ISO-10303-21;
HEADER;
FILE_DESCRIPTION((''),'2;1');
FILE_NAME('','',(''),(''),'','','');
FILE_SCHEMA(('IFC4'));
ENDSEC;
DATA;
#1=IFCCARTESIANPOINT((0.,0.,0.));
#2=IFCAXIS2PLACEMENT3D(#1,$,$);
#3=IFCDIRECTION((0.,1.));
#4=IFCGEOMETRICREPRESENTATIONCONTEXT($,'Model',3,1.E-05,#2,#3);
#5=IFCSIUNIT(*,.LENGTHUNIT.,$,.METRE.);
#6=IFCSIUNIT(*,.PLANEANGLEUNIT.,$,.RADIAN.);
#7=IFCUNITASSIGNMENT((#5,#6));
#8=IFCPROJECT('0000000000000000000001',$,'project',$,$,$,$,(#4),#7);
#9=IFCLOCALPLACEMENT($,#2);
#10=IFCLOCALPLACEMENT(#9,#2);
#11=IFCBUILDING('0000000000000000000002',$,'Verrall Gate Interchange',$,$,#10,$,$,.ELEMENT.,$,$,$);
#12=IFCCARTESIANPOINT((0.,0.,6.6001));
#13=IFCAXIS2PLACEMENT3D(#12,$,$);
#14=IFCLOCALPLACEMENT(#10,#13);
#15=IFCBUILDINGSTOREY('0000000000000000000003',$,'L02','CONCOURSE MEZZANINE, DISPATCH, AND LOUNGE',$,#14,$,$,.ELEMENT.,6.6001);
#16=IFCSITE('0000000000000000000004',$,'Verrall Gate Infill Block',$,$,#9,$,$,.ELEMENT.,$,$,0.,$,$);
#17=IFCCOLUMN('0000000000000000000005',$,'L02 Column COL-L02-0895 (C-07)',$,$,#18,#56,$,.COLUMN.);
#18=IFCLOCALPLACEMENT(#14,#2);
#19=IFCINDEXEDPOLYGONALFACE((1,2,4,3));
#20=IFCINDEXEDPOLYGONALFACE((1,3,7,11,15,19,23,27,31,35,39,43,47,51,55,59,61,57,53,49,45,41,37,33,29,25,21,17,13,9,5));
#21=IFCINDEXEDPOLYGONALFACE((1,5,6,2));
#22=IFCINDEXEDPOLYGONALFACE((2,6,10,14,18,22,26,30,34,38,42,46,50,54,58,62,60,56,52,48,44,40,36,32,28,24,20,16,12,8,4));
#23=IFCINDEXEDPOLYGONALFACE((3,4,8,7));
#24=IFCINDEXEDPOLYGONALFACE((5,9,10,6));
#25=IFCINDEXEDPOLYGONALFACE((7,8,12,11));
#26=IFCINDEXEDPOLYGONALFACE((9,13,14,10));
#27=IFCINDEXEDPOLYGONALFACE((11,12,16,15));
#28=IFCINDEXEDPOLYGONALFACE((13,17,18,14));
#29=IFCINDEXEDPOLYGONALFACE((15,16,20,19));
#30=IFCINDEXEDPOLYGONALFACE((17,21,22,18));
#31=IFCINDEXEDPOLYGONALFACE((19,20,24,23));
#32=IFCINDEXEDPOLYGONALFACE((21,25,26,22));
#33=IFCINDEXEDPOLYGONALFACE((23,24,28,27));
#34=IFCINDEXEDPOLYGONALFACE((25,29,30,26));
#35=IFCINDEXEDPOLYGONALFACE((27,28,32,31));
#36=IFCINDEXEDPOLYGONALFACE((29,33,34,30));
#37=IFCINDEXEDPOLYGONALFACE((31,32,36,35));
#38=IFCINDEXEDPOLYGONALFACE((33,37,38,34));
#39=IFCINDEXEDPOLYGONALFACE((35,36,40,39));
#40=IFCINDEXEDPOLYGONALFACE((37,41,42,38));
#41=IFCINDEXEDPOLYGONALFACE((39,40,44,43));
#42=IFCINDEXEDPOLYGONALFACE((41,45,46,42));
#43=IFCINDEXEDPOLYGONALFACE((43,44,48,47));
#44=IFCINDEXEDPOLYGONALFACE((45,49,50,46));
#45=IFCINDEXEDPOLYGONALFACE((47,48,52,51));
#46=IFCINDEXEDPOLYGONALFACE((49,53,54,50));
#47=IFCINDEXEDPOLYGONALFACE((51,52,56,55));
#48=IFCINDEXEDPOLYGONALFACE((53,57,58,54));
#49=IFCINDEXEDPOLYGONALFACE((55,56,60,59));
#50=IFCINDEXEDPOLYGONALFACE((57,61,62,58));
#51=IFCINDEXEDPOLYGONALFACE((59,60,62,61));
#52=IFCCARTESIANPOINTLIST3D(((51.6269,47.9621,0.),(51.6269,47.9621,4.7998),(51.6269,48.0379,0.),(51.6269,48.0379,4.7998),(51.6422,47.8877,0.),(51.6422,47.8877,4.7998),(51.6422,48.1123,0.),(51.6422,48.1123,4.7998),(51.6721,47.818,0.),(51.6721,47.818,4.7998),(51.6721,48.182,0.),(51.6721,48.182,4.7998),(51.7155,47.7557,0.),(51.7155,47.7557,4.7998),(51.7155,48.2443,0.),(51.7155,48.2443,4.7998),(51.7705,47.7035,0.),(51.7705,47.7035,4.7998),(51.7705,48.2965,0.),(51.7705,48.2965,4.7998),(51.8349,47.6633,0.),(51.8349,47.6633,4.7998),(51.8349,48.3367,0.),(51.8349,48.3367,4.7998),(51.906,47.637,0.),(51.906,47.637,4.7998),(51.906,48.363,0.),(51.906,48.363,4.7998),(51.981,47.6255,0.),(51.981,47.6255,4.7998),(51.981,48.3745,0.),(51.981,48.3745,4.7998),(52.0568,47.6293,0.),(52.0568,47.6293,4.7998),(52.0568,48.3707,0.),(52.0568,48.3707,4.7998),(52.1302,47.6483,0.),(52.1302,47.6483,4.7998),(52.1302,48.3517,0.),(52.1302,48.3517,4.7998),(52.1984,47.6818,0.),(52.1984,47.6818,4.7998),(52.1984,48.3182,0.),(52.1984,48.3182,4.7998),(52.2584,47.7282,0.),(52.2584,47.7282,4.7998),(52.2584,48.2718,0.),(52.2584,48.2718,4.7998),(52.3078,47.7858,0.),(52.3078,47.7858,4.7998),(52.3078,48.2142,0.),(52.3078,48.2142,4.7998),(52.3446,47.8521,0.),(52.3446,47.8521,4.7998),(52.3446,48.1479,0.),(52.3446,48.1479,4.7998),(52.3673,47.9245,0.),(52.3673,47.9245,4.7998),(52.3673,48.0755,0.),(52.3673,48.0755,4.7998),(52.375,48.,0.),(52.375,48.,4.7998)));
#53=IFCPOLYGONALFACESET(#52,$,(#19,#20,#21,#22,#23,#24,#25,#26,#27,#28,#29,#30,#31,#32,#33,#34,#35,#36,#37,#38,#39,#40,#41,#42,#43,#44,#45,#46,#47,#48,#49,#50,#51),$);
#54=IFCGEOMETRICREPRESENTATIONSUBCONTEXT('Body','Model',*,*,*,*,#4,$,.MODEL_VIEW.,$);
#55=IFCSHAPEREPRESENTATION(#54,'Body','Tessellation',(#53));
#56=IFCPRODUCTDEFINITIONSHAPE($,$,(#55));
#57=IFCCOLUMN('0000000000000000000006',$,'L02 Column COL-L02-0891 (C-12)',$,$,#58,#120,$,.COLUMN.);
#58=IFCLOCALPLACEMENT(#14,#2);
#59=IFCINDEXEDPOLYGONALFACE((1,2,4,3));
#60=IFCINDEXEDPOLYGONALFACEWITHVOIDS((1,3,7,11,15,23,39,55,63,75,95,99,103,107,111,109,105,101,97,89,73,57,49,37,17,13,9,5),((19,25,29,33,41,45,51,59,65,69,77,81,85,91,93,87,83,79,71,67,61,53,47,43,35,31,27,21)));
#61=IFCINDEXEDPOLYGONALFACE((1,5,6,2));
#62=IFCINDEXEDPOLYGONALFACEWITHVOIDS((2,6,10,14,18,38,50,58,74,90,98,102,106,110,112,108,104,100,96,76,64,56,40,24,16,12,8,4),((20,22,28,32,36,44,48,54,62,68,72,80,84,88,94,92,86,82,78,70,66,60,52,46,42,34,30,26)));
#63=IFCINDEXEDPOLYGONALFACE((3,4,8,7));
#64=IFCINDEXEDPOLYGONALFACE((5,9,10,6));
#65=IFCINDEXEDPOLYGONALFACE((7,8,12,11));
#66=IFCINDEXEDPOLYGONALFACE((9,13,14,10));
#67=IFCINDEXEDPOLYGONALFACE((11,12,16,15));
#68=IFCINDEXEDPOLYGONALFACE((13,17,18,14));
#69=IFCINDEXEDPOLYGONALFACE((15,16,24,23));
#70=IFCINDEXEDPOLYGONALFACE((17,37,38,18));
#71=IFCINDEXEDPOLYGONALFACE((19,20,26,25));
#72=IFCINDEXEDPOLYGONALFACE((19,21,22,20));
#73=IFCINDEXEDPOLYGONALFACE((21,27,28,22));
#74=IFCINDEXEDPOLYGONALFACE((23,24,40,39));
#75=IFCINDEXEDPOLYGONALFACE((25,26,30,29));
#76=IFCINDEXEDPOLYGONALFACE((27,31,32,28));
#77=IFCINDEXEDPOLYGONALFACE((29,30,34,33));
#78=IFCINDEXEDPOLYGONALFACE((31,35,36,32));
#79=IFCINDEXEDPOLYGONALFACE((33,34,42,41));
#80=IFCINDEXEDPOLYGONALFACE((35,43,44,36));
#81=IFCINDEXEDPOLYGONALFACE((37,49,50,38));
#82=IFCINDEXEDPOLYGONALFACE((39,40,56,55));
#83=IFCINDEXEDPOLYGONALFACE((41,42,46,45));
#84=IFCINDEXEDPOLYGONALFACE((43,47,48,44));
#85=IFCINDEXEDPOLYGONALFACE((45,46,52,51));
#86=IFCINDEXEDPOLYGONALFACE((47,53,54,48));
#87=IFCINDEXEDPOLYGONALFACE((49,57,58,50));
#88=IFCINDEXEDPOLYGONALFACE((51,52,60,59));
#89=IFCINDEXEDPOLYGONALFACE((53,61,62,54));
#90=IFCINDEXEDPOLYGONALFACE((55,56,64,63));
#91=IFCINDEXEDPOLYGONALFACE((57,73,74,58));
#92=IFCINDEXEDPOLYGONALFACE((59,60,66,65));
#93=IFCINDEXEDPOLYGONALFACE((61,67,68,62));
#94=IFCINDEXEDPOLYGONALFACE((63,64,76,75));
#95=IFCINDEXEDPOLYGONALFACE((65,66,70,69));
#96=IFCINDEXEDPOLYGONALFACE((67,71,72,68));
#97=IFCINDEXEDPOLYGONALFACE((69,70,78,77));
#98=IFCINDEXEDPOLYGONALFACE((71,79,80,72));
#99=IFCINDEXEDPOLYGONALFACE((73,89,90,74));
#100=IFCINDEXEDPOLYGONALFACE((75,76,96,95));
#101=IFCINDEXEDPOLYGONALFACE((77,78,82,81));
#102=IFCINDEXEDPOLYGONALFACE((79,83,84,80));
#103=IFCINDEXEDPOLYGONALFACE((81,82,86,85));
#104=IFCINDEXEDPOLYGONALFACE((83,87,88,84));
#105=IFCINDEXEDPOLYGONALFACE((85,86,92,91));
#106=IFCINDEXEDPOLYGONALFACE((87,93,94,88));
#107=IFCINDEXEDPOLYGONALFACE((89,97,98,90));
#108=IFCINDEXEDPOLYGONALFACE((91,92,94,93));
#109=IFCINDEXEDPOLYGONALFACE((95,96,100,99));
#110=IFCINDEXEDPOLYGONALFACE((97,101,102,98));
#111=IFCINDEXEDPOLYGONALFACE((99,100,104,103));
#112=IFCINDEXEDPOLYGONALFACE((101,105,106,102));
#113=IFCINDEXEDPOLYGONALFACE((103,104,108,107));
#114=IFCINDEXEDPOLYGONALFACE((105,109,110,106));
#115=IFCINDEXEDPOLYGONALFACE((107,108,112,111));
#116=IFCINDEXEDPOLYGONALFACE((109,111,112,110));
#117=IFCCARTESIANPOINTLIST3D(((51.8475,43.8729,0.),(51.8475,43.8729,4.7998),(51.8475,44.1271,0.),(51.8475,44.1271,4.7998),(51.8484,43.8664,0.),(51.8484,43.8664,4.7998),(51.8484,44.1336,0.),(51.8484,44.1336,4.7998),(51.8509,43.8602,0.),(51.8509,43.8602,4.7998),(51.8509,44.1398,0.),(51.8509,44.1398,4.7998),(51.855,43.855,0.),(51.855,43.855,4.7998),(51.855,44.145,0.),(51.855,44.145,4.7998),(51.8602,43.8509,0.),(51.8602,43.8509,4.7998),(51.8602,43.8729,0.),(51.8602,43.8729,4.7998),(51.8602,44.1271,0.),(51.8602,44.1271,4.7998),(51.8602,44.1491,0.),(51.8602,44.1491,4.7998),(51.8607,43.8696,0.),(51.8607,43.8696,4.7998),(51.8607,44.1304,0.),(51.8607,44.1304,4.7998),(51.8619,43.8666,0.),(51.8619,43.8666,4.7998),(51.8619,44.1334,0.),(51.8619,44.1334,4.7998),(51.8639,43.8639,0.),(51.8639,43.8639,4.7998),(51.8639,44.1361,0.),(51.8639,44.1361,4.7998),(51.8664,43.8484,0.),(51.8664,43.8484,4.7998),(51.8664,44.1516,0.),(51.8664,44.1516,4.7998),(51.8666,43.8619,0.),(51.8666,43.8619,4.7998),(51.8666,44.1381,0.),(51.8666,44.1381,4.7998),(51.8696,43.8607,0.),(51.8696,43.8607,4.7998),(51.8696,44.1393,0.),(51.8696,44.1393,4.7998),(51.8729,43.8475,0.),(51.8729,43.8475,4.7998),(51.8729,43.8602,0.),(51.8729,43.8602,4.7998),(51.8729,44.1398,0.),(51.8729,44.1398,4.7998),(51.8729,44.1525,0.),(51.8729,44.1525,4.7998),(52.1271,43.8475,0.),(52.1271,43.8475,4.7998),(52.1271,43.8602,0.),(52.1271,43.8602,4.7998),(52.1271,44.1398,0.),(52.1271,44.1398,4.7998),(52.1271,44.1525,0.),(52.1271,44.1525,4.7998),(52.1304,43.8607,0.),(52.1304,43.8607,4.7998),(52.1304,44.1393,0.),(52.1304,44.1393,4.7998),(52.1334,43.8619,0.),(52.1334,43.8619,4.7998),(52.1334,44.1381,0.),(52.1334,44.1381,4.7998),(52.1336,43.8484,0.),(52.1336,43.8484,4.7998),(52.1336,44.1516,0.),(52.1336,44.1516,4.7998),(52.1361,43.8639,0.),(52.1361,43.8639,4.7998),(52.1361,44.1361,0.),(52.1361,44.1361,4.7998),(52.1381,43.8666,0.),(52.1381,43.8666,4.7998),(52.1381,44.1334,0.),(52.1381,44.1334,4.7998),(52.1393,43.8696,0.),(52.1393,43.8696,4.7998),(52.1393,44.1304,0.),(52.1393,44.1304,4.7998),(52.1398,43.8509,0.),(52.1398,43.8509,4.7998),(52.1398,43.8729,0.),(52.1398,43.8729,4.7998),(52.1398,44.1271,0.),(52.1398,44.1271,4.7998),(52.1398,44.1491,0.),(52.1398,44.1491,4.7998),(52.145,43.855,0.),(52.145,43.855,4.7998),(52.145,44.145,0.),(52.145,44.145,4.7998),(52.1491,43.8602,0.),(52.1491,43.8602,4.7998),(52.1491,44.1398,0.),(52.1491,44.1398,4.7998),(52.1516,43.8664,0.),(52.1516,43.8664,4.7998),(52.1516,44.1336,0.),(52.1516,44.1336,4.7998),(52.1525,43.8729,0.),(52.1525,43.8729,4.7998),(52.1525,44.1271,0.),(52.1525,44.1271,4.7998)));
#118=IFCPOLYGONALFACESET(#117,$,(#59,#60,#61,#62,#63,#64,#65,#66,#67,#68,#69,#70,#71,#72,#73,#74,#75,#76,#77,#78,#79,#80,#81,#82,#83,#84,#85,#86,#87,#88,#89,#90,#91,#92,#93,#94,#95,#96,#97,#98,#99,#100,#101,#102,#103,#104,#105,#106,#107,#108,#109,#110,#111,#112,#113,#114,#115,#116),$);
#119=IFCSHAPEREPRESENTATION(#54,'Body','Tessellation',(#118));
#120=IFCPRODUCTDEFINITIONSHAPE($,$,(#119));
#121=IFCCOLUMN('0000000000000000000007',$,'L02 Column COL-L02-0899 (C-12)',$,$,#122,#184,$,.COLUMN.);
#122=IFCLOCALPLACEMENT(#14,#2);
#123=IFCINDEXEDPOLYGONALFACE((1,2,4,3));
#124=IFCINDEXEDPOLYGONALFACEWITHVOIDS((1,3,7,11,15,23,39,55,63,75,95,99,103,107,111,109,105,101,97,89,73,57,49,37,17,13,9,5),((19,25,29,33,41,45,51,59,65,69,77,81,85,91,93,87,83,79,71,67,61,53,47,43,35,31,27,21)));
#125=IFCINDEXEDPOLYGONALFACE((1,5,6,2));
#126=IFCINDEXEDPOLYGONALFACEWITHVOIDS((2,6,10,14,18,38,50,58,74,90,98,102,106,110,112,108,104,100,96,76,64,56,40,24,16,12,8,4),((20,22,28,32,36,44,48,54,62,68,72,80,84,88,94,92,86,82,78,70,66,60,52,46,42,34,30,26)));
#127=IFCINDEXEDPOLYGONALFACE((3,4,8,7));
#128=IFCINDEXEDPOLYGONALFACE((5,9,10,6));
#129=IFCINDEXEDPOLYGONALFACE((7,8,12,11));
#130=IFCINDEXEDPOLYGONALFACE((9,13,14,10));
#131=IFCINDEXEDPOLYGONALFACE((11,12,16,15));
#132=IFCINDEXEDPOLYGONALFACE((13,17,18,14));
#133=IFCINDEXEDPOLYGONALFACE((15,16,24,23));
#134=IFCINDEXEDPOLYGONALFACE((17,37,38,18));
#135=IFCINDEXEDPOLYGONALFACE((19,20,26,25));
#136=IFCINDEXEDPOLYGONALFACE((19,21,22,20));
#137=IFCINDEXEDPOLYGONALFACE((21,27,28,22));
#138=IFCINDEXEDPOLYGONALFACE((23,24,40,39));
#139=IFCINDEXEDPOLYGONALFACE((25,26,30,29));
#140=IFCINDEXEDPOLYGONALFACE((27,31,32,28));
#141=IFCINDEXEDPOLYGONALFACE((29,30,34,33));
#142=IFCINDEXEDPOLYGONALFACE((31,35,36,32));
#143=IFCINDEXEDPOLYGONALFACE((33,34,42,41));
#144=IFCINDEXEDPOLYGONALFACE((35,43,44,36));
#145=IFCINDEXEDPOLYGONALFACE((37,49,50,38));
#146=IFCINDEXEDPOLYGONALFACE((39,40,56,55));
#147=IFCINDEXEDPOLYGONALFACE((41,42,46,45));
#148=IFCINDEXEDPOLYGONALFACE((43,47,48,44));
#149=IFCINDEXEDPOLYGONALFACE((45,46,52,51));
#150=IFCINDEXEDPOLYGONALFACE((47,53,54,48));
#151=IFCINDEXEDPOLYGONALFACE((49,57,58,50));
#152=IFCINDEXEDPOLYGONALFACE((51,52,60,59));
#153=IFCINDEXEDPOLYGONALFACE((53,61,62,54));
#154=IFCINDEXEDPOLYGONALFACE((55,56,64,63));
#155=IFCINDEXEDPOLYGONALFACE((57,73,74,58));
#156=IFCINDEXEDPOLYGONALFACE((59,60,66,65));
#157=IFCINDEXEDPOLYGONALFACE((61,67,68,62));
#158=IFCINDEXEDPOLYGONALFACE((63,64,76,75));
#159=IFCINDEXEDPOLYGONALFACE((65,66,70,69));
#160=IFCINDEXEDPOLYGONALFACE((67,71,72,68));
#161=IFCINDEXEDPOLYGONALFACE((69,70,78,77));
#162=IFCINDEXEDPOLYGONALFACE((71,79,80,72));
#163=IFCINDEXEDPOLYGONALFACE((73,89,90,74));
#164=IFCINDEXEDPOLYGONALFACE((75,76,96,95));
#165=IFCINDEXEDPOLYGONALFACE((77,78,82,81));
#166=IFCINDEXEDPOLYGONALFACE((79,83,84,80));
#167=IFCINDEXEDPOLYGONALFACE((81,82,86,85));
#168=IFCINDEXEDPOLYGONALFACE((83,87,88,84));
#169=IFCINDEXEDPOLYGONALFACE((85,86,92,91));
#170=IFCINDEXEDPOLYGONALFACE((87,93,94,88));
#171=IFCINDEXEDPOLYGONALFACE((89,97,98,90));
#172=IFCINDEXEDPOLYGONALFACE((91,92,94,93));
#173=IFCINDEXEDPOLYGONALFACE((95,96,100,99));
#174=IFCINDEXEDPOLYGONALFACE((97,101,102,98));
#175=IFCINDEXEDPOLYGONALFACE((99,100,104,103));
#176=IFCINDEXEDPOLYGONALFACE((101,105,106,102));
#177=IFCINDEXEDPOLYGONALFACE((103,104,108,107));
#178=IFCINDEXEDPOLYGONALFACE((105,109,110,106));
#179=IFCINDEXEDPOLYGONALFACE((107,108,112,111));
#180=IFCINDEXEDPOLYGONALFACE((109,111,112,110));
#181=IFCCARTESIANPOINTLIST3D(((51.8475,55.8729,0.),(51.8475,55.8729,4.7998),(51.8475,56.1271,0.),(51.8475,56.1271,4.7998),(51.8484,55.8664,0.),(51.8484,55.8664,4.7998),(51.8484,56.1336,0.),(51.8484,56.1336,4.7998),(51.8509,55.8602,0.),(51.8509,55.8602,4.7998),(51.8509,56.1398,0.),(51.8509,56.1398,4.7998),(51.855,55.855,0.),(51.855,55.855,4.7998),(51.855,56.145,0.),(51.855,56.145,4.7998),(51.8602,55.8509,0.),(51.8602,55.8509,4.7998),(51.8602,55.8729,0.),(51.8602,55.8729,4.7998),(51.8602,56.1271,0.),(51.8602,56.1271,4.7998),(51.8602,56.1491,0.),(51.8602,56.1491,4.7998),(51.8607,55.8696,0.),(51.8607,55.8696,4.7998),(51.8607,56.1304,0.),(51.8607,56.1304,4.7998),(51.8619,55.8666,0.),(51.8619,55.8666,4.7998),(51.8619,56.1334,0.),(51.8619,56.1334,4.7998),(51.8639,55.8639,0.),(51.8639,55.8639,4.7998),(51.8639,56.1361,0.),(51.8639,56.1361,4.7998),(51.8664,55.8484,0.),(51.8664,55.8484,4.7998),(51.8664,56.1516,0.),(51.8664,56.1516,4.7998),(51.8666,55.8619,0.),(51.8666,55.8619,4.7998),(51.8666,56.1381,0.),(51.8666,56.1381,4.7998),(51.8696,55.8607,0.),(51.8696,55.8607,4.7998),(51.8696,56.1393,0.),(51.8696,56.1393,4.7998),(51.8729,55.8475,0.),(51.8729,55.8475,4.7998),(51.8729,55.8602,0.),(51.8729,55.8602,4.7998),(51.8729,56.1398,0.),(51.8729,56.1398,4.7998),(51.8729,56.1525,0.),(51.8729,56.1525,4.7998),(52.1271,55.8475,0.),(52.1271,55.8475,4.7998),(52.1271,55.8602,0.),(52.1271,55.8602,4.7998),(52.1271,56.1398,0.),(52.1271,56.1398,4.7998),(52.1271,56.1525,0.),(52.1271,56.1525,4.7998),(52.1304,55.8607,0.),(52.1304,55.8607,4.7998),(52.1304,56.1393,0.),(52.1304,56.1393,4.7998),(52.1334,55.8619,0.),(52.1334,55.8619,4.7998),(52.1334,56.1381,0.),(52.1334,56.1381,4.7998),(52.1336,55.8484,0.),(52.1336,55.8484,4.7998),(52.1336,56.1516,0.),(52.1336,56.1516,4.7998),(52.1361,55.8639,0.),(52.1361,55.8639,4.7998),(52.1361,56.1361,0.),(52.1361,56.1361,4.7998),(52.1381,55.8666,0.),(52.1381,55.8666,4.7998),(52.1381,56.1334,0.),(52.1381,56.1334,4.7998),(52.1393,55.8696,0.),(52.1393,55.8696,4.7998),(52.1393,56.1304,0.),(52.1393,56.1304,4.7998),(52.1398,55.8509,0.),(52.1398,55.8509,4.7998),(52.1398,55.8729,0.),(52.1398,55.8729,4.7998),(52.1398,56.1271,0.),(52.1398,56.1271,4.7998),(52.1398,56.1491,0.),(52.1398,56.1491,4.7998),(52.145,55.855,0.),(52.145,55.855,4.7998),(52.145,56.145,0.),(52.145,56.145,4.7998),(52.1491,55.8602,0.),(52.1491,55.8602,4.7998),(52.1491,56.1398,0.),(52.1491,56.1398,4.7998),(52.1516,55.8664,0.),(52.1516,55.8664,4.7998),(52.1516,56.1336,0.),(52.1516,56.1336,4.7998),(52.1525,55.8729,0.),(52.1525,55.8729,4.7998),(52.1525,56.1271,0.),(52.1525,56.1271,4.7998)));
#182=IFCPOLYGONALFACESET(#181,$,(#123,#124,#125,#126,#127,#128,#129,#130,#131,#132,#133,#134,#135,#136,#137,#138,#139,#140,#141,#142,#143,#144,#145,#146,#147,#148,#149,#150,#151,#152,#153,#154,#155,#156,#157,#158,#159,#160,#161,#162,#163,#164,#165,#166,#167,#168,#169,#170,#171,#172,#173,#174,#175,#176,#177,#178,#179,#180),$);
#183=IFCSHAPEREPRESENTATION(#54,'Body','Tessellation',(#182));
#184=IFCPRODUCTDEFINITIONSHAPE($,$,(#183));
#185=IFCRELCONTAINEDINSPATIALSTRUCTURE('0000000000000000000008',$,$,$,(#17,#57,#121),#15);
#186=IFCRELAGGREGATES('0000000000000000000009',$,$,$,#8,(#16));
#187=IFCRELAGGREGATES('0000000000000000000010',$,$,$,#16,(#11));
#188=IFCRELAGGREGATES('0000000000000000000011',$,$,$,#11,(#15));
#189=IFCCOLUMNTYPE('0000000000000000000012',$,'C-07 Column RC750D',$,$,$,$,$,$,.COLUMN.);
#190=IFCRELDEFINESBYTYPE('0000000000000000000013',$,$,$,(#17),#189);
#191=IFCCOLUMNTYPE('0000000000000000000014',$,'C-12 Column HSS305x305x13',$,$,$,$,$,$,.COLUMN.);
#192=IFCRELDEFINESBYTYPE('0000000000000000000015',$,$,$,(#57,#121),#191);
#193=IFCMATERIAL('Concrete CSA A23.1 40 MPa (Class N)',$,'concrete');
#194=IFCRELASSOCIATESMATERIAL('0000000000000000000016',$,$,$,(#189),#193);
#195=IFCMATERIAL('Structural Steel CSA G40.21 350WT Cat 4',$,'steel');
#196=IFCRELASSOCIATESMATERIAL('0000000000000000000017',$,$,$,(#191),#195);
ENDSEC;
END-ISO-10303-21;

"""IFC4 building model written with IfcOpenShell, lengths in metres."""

from ifc_helpers import new_model, si_unit, direction, frame, origin, origin_2d, place, context, subcontext, project, spatial, hollow_rectangle, circle, extrude, material, material_profile, profile_set, type_object, element, save


model = new_model("IFC4")

# Units and contexts
model_context = context("Model", 3, precision=1e-05, world=origin(), true_north=direction((0.0, 1.0)))
body_context = subcontext(model_context, "Body", "Model", "MODEL_VIEW")
ifc_project = project(units=[si_unit("LENGTHUNIT", "METRE"), si_unit("PLANEANGLEUNIT", "RADIAN")], contexts=[model_context])

# Site, building, storey
site_placement = place(None, origin())
site = spatial("IfcSite", under=ifc_project, at=site_placement, Name="Verrall Gate Infill Block", CompositionType="ELEMENT", RefElevation=0.0)
building_placement = place(site_placement, origin())
building = spatial("IfcBuilding", under=site, at=building_placement, Name="Verrall Gate Interchange", CompositionType="ELEMENT")
storey_placement = place(building_placement, frame((0.0, 0.0, 6.6001)))
storey = spatial("IfcBuildingStorey", under=building, at=storey_placement, Name="L02", Description="CONCOURSE MEZZANINE, DISPATCH, AND LOUNGE", CompositionType="ELEMENT", Elevation=6.6001)

# Columns
ifc_material_1 = material(Name="Concrete CSA A23.1 40 MPa (Class N)", Category="concrete")
ifc_material_profile_1 = material_profile(ifc_material_1, circle(Radius=0.375, at=origin_2d()), Name="RC750D")
ifc_profile_set_1 = profile_set([ifc_material_profile_1], Name="Concrete CSA A23.1 40 MPa (Class N)")
column_type_1 = type_object("IfcColumnType", Name="C-07 Column RC750D", PredefinedType="COLUMN", material=ifc_profile_set_1)
column_placement = place(storey_placement, frame((52.0, 48.0, 0.0), z_axis=(0.0, 0.0, 1.0), x_axis=(1.0, 0.0, 0.0)))
element("IfcColumn", 1, at=column_placement, inside=storey, type_object=column_type_1, Name="L02 Column COL-L02-0895 (C-07)", PredefinedType="COLUMN", context=body_context, shape_type="SweptSolid", body=[
    extrude(circle(Radius=0.375, at=origin_2d()), origin(), (0.0, 0.0, 1.0), 4.7998),
])
ifc_material_2 = material(Name="Structural Steel CSA G40.21 350WT Cat 4", Category="steel")
ifc_material_profile_2 = material_profile(ifc_material_2, hollow_rectangle(XDim=0.3049, YDim=0.3049, WallThickness=0.0127, InnerFilletRadius=0.0127, OuterFilletRadius=0.0254, at=origin_2d()), Name="HSS305x305x13")
ifc_profile_set_2 = profile_set([ifc_material_profile_2], Name="Structural Steel CSA G40.21 350WT Cat 4")
column_type_2 = type_object("IfcColumnType", Name="C-12 Column HSS305x305x13", PredefinedType="COLUMN", material=ifc_profile_set_2)
for number, where, z_axis, x_axis, name in (
    (2, (52.0, 44.0, 0.0), (0.0, 0.0, 1.0), (1.0, 0.0, 0.0), "L02 Column COL-L02-0891 (C-12)"),
    (3, (52.0, 56.0, 0.0), (0.0, 0.0, 1.0), (1.0, 0.0, 0.0), "L02 Column COL-L02-0899 (C-12)"),
):
    element("IfcColumn", number, at=place(storey_placement, frame(where, z_axis=z_axis, x_axis=x_axis)), inside=storey, type_object=column_type_2, Name=name, PredefinedType="COLUMN", context=body_context, shape_type="SweptSolid", body=[
        extrude(hollow_rectangle(XDim=0.3049, YDim=0.3049, WallThickness=0.0127, InnerFilletRadius=0.0127, OuterFilletRadius=0.0254, at=origin_2d()), origin(), (0.0, 0.0, 1.0), 4.7998),
    ])

save(model, "model.ifc")
